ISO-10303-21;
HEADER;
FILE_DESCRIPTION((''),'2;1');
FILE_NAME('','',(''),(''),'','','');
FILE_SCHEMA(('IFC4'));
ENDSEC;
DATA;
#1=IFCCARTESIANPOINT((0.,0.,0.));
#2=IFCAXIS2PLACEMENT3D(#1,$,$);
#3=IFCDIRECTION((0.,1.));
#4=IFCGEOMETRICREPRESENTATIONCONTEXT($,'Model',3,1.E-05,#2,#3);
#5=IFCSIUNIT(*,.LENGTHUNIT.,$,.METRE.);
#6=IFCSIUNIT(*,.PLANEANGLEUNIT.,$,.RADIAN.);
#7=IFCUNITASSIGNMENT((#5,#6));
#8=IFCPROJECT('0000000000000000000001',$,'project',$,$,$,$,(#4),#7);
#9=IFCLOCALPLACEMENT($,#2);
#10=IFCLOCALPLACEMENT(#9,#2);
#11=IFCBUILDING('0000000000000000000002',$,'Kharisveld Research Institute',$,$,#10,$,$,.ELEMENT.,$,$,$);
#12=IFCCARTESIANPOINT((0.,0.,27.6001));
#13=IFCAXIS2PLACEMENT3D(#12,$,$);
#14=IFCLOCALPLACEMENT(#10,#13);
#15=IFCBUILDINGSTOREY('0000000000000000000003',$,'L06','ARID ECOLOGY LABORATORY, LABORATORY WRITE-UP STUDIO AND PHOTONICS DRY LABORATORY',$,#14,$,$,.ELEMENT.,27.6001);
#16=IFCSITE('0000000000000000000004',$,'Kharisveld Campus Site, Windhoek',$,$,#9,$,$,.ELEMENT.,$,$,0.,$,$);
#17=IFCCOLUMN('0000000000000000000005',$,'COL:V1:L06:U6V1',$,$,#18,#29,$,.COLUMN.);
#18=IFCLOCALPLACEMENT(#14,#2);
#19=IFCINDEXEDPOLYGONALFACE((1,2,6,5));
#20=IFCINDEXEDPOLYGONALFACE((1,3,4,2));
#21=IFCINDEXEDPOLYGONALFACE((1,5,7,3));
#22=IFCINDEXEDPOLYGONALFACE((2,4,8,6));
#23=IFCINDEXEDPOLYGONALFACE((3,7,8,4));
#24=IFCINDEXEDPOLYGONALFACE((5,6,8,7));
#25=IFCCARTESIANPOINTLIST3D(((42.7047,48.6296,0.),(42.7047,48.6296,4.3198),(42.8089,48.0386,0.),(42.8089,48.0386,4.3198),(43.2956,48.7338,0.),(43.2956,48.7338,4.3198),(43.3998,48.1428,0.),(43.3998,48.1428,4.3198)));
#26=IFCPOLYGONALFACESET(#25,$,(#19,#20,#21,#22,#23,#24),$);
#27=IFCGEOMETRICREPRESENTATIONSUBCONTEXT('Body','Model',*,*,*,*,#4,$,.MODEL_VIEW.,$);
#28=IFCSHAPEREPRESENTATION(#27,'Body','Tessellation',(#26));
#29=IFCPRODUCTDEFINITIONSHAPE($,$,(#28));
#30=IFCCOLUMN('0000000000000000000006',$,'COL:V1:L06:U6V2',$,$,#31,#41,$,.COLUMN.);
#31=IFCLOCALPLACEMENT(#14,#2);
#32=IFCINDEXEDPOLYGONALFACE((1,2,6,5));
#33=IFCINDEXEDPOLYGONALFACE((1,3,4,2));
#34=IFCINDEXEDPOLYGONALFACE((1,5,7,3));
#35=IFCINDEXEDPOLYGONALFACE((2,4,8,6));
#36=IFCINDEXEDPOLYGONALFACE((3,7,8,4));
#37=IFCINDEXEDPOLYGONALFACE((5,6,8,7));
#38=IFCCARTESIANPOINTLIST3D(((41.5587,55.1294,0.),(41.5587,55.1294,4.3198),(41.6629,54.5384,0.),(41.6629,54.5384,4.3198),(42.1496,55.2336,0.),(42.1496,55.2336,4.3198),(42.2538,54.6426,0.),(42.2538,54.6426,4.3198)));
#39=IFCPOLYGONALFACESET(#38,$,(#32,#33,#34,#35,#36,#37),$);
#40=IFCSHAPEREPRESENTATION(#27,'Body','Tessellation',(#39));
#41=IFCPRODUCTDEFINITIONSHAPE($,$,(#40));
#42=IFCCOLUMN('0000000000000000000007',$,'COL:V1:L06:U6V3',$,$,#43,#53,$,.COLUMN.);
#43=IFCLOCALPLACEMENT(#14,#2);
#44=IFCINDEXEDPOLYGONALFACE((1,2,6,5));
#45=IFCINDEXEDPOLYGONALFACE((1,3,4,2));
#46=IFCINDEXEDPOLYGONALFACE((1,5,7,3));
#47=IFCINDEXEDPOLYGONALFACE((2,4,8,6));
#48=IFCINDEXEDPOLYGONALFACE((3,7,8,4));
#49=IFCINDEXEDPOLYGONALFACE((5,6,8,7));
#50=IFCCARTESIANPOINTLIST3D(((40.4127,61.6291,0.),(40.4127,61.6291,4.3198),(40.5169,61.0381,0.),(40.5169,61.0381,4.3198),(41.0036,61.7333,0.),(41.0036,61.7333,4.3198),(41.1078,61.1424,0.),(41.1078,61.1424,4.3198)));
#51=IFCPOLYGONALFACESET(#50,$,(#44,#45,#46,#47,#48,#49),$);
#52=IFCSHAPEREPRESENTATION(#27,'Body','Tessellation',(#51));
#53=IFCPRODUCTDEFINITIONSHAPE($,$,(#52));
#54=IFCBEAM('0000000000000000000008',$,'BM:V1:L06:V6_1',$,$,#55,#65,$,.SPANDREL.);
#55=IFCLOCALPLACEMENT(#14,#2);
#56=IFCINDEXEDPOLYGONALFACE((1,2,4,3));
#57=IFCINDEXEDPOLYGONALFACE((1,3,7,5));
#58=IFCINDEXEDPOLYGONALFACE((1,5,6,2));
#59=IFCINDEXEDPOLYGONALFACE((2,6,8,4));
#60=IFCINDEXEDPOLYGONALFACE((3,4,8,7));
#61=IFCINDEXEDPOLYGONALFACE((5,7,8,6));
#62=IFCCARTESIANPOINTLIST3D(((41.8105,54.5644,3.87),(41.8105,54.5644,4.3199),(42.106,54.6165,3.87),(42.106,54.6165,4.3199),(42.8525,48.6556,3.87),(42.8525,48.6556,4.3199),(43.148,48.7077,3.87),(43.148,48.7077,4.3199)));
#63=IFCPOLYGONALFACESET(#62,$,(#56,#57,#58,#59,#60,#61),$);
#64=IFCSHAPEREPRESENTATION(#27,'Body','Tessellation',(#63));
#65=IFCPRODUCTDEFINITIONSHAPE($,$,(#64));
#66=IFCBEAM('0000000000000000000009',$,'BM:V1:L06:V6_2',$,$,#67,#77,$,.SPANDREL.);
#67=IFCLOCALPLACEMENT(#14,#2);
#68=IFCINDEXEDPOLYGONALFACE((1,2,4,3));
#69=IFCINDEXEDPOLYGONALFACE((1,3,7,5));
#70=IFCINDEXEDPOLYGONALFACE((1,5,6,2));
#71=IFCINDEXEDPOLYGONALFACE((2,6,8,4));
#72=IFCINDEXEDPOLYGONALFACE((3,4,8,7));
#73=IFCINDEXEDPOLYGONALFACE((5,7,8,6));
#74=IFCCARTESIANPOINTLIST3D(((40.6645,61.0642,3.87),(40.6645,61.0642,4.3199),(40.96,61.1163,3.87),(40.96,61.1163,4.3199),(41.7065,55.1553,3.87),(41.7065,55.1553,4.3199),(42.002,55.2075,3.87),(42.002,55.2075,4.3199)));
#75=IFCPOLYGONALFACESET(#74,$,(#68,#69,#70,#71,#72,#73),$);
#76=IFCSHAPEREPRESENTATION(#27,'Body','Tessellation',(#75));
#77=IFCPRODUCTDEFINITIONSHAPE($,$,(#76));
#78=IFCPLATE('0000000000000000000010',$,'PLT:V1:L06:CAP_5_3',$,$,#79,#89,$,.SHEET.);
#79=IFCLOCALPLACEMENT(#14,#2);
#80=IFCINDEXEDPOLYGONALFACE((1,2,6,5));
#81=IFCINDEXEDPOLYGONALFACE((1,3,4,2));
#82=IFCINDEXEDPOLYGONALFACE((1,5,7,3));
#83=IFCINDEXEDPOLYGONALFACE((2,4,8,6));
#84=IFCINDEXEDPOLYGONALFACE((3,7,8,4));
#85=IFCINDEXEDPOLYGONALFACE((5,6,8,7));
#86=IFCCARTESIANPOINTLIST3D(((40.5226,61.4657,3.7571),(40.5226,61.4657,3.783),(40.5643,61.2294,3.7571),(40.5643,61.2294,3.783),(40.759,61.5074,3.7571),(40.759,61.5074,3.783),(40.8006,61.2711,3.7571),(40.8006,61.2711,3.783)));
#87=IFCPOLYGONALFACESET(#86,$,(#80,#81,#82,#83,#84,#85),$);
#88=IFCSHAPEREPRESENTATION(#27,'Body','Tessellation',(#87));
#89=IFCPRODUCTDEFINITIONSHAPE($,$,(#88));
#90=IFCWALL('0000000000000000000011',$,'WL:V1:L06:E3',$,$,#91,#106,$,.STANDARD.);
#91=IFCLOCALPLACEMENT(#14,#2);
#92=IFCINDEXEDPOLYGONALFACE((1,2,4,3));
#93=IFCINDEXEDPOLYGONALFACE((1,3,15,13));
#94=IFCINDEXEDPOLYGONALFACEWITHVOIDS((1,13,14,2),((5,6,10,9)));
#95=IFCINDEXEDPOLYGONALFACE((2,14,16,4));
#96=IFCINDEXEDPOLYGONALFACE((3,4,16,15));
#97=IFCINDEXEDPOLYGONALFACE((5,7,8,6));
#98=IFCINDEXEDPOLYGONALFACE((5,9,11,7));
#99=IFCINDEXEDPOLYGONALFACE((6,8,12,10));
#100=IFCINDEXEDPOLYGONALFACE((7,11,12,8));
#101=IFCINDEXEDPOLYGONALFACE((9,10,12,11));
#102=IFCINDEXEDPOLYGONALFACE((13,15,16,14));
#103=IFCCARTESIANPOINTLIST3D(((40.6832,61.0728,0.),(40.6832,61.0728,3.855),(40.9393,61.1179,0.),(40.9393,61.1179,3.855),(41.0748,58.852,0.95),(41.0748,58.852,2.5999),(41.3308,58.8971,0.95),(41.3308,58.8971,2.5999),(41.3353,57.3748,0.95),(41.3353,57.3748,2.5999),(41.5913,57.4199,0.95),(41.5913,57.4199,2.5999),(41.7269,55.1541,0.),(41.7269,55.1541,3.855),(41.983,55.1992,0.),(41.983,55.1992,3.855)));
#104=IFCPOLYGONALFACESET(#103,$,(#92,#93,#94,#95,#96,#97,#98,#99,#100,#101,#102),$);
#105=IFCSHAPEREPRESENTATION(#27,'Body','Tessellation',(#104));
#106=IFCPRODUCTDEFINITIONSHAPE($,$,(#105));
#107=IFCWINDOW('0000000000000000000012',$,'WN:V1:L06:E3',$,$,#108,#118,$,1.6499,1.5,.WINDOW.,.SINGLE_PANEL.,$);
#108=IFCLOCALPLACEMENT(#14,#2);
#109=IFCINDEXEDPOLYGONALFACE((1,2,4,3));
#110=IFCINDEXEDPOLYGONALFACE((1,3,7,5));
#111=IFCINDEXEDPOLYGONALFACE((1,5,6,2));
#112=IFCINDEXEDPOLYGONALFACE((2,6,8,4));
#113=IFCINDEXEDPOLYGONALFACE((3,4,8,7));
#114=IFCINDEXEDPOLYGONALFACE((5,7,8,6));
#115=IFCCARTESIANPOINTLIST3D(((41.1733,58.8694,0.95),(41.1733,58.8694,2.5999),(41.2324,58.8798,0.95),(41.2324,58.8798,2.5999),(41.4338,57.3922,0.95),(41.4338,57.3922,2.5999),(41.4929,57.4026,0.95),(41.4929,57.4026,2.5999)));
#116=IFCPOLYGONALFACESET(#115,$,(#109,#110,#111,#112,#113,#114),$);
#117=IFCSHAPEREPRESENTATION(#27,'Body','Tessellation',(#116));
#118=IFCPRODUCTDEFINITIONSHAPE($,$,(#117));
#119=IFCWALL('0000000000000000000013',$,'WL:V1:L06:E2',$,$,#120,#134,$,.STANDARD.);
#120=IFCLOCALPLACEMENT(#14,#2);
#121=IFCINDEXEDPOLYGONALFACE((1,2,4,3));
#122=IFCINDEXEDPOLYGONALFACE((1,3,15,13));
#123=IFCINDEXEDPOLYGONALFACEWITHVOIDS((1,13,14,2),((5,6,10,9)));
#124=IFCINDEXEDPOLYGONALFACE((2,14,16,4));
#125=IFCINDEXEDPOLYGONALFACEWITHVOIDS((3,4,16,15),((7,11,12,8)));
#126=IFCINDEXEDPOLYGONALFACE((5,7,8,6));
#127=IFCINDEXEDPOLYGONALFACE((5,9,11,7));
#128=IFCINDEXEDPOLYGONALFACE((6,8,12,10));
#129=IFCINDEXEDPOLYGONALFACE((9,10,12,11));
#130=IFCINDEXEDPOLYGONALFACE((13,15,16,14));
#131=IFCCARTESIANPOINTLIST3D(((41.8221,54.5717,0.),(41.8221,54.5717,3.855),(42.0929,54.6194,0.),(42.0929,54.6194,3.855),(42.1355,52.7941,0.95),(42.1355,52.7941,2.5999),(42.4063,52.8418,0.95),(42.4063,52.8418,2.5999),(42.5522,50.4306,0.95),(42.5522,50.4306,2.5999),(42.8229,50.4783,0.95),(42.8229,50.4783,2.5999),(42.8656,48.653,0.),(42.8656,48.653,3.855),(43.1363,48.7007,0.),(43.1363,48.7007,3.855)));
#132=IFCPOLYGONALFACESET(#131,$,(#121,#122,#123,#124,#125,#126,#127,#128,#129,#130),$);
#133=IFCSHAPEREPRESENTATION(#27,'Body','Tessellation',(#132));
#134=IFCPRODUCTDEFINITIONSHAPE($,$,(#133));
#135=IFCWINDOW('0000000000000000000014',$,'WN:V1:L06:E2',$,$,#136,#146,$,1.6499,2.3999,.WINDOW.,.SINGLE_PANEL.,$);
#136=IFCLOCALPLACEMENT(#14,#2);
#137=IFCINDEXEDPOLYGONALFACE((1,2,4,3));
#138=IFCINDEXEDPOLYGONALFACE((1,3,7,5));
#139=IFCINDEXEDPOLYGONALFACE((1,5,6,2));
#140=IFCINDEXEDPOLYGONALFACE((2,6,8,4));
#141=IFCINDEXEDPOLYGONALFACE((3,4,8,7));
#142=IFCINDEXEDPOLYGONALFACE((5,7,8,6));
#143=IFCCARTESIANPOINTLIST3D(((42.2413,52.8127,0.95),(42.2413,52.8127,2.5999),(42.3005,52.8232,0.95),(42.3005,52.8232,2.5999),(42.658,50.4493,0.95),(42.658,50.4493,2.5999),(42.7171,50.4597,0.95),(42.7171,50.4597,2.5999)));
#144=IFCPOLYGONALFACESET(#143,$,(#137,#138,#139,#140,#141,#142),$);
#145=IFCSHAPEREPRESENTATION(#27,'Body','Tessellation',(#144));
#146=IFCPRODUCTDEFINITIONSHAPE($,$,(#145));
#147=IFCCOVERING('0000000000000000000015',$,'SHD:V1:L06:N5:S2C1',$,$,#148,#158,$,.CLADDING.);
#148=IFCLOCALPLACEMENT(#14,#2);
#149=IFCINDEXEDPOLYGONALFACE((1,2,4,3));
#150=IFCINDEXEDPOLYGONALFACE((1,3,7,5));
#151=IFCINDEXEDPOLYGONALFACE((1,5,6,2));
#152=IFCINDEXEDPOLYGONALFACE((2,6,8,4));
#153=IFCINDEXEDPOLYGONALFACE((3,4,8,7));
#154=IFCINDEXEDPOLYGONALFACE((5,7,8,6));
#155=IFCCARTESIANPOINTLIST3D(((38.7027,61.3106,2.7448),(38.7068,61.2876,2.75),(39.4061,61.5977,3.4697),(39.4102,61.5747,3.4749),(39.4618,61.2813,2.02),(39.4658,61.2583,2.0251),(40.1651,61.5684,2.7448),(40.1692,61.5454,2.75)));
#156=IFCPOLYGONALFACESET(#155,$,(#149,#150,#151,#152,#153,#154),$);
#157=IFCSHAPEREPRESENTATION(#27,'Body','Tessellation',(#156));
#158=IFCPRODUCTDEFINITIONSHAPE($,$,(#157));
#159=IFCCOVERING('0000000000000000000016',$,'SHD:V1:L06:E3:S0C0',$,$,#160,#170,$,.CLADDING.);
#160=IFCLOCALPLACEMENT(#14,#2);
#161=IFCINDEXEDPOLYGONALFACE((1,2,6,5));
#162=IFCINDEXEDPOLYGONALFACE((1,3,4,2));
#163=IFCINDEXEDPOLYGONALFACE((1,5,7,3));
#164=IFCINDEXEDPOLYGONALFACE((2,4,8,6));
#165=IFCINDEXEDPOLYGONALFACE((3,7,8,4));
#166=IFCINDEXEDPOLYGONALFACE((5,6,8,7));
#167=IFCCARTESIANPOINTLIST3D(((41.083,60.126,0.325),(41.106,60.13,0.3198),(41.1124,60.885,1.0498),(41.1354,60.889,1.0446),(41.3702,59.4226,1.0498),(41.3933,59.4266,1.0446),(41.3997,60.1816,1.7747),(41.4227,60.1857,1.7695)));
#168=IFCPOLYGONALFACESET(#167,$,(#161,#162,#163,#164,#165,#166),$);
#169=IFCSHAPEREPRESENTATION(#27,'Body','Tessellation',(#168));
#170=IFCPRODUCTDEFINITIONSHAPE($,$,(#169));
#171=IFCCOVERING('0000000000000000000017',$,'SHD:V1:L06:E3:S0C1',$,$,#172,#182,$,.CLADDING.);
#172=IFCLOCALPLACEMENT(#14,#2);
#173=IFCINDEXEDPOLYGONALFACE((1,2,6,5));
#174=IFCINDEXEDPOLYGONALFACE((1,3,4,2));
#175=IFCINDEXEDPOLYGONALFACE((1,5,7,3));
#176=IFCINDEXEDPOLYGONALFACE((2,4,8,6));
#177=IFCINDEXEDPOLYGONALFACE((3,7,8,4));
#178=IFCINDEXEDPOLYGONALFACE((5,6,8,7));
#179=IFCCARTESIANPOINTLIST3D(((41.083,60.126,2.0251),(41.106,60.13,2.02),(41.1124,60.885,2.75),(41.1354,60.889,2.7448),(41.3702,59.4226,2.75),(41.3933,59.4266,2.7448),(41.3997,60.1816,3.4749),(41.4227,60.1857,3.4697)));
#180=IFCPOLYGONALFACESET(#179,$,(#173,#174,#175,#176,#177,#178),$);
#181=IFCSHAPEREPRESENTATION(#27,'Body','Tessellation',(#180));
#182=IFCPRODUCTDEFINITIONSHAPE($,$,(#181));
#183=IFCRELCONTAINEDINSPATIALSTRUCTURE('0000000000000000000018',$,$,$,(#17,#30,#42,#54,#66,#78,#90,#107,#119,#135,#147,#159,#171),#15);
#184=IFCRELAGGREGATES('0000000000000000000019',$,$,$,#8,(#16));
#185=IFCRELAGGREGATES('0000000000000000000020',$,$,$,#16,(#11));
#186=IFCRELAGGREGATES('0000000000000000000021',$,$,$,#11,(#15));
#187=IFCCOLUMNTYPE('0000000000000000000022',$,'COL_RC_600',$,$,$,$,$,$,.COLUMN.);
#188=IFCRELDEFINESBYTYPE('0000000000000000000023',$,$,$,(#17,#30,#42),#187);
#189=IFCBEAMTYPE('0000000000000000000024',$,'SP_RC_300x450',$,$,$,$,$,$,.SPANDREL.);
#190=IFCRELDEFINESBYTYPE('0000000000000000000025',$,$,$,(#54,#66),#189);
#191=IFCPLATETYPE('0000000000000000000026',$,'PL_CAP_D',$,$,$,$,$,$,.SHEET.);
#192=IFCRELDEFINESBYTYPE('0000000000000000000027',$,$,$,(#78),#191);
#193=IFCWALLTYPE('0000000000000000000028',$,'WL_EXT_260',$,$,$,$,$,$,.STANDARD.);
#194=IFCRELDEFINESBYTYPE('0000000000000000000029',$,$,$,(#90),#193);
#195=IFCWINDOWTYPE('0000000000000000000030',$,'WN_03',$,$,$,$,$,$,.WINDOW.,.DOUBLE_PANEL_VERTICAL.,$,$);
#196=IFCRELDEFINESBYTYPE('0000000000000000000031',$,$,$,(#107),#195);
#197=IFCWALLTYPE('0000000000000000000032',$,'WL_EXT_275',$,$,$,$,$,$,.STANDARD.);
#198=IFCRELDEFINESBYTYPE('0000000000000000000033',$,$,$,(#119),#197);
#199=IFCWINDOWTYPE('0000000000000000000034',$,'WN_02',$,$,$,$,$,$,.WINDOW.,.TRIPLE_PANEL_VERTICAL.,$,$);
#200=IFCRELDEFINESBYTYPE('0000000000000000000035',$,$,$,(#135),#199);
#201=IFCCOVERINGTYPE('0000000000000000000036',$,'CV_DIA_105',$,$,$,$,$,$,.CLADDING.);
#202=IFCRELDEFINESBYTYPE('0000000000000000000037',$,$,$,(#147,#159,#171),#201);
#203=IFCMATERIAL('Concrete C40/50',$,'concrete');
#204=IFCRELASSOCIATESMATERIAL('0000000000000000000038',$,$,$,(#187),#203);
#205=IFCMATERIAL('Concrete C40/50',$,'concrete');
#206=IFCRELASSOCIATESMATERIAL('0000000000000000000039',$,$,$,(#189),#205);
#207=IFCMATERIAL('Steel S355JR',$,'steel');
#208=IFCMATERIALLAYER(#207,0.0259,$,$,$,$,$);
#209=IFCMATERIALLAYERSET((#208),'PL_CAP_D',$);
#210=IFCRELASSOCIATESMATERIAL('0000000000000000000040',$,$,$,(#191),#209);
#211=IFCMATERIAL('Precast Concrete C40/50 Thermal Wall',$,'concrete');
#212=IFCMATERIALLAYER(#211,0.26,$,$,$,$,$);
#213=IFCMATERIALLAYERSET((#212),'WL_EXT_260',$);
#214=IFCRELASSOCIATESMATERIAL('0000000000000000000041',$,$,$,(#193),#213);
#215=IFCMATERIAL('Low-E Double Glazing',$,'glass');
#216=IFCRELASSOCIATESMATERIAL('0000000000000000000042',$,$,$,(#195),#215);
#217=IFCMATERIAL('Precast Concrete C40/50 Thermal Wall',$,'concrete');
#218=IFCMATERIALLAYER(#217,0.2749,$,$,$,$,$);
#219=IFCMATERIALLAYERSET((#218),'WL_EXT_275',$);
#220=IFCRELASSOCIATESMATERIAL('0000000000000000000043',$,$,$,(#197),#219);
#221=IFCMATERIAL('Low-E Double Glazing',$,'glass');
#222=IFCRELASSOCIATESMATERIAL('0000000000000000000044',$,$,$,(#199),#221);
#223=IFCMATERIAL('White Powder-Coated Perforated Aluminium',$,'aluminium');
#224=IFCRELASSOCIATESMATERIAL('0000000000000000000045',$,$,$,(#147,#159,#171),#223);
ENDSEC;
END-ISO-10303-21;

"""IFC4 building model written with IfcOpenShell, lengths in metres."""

from ifc_helpers import new_model, si_unit, direction, frame, frame_2d, origin, origin_2d, place, context, subcontext, project, spatial, polyline, rectangle, outline, extrude, material, layer, layer_set, material_profile, profile_set, type_object, element, fill, save


model = new_model("IFC4")

# Units and contexts
model_context = context("Model", 3, precision=1e-05, world=origin(), true_north=direction((0.0, 1.0)))
body_context = subcontext(model_context, "Body", "Model", "MODEL_VIEW")
ifc_project = project(units=[si_unit("LENGTHUNIT", "METRE"), si_unit("PLANEANGLEUNIT", "RADIAN")], contexts=[model_context])

# Site, building, storey
site_placement = place(None, origin())
site = spatial("IfcSite", under=ifc_project, at=site_placement, Name="Kharisveld Campus Site, Windhoek", CompositionType="ELEMENT", RefElevation=0.0)
building_placement = place(site_placement, origin())
building = spatial("IfcBuilding", under=site, at=building_placement, Name="Kharisveld Research Institute", CompositionType="ELEMENT")
storey_placement = place(building_placement, frame((0.0, 0.0, 27.6001)))
storey = spatial("IfcBuildingStorey", under=building, at=storey_placement, Name="L06", Description="ARID ECOLOGY LABORATORY, LABORATORY WRITE-UP STUDIO AND PHOTONICS DRY LABORATORY", CompositionType="ELEMENT", Elevation=27.6001)

# Columns
ifc_material_1 = material(Name="Concrete C40/50", Category="concrete")
ifc_material_profile_1 = material_profile(ifc_material_1, rectangle(XDim=0.6001, YDim=0.6001, at=origin_2d()))
ifc_profile_set_1 = profile_set([ifc_material_profile_1], Name="Concrete C40/50")
column_type = type_object("IfcColumnType", Name="COL_RC_600", PredefinedType="COLUMN", material=ifc_profile_set_1)
for number, where, z_axis, x_axis, name in (
    (1, (43.0522, 48.3862, 0.0), (0.0, 0.0, 1.0), (0.984808, 0.173648, 0.0), "COL:V1:L06:U6V1"),
    (2, (41.9062, 54.886, 0.0), (0.0, 0.0, 1.0), (0.984808, 0.173648, 0.0), "COL:V1:L06:U6V2"),
    (3, (40.7603, 61.3857, 0.0), (0.0, 0.0, 1.0), (0.984808, 0.173648, 0.0), "COL:V1:L06:U6V3"),
):
    element("IfcColumn", number, at=place(storey_placement, frame(where, z_axis=z_axis, x_axis=x_axis)), inside=storey, type_object=column_type, Name=name, PredefinedType="COLUMN", context=body_context, shape_type="SweptSolid", body=[
        extrude(rectangle(XDim=0.6001, YDim=0.6001, at=origin_2d()), origin(), (0.0, 0.0, 1.0), 4.3198),
    ])

# Beams
ifc_material_2 = material(Name="Concrete C40/50", Category="concrete")
ifc_material_profile_2 = material_profile(ifc_material_2, rectangle(XDim=0.3, YDim=0.45, at=origin_2d()))
ifc_profile_set_2 = profile_set([ifc_material_profile_2], Name="Concrete C40/50")
beam_type = type_object("IfcBeamType", Name="SP_RC_300x450", PredefinedType="SPANDREL", material=ifc_profile_set_2)
for number, where, z_axis, x_axis, name in (
    (4, (43.0002, 48.6816, 4.095), (-0.173662, 0.984805, 0.0), (-0.984805, -0.173662, 0.0), "BM:V1:L06:V6_1"),
    (5, (41.8542, 55.1814, 4.095), (-0.173662, 0.984805, 0.0), (-0.984805, -0.173662, 0.0), "BM:V1:L06:V6_2"),
):
    element("IfcBeam", number, at=place(storey_placement, frame(where, z_axis=z_axis, x_axis=x_axis)), inside=storey, type_object=beam_type, Name=name, PredefinedType="SPANDREL", context=body_context, shape_type="SweptSolid", body=[
        extrude(rectangle(XDim=0.3, YDim=0.45, at=origin_2d()), origin(), (0.0, 0.0, 1.0), 6.0),
    ])

# Plate
ifc_material_3 = material(Name="Steel S355JR", Category="steel")
ifc_layer_1 = layer(ifc_material_3, 0.0259)
ifc_layer_set_1 = layer_set([ifc_layer_1], Name="PL_CAP_D")
plate_type = type_object("IfcPlateType", Name="PL_CAP_D", PredefinedType="SHEET", material=ifc_layer_set_1)
plate_placement = place(storey_placement, frame((40.6616, 61.3684, 3.7571), z_axis=(0.0, 0.0, 1.0), x_axis=(0.984808, 0.173648, 0.0)))
element("IfcPlate", 6, at=plate_placement, inside=storey, type_object=plate_type, Name="PLT:V1:L06:CAP_5_3", PredefinedType="SHEET", context=body_context, shape_type="SweptSolid", body=[
    extrude(rectangle(XDim=0.24, YDim=0.24, at=origin_2d()), origin(), (0.0, 0.0, 1.0), 0.0259),
])

# Walls, openings, windows
ifc_material_4 = material(Name="Precast Concrete C40/50 Thermal Wall", Category="concrete")
ifc_layer_2 = layer(ifc_material_4, 0.26)
ifc_layer_set_2 = layer_set([ifc_layer_2], Name="WL_EXT_260")
wall_type_1 = type_object("IfcWallType", Name="WL_EXT_260", PredefinedType="STANDARD", material=ifc_layer_set_2)
wall_1_placement = place(storey_placement, frame((40.8113, 61.0952, 0.0), z_axis=(0.0, 0.0, 1.0), x_axis=(0.17366, -0.984806, 0.0)))
wall_1 = element("IfcWall", 7, at=wall_1_placement, inside=storey, type_object=wall_type_1, Name="WL:V1:L06:E3", PredefinedType="STANDARD", context=body_context, shape_type="SweptSolid", body=[
    extrude(rectangle(XDim=6.01, YDim=0.26, at=frame_2d((3.0049, 0.0))), origin(), (0.0, 0.0, 1.0), 3.855),
])
opening_1_placement = place(wall_1_placement, frame((2.2549, 0.0, 0.95)))
opening_1 = element("IfcOpeningElement", 8, at=opening_1_placement, cuts=wall_1, PredefinedType="OPENING", context=body_context, shape_type="SweptSolid", body=[
    extrude(rectangle(XDim=1.5, YDim=1.6499, at=frame_2d((0.75, 0.825))), frame((0.0, 0.1299, 0.0), z_axis=(0.0, -1.0, 0.0), x_axis=(1.0, 0.0, 0.0)), (0.0, 0.0, 1.0), 0.26),
])
ifc_material_5 = material(Name="Low-E Double Glazing", Category="glass")
window_type_1 = type_object("IfcWindowType", Name="WN_03", PartitioningType="DOUBLE_PANEL_VERTICAL", PredefinedType="WINDOW", material=ifc_material_5)
window_1_placement = place(opening_1_placement, origin())
window_1 = element("IfcWindow", 9, at=window_1_placement, inside=storey, type_object=window_type_1, Name="WN:V1:L06:E3", OverallHeight=1.6499, OverallWidth=1.5, PartitioningType="SINGLE_PANEL", PredefinedType="WINDOW", context=body_context, shape_type="SweptSolid", body=[
    extrude(rectangle(XDim=1.5, YDim=1.6499, at=frame_2d((0.75, 0.825))), frame((0.0, 0.03, 0.0), z_axis=(0.0, -1.0, 0.0), x_axis=(1.0, 0.0, 0.0)), (0.0, 0.0, 1.0), 0.0601),
])
fill(opening_1, window_1)
ifc_material_6 = material(Name="Precast Concrete C40/50 Thermal Wall", Category="concrete")
ifc_layer_3 = layer(ifc_material_6, 0.2749)
ifc_layer_set_3 = layer_set([ifc_layer_3], Name="WL_EXT_275")
wall_type_2 = type_object("IfcWallType", Name="WL_EXT_275", PredefinedType="STANDARD", material=ifc_layer_set_3)
wall_2_placement = place(storey_placement, frame((41.9575, 54.5955, 0.0), z_axis=(0.0, 0.0, 1.0), x_axis=(0.173621, -0.984813, 0.0)))
wall_2 = element("IfcWall", 10, at=wall_2_placement, inside=storey, type_object=wall_type_2, Name="WL:V1:L06:E2", PredefinedType="STANDARD", context=body_context, shape_type="SweptSolid", body=[
    extrude(rectangle(XDim=6.01, YDim=0.2749, at=frame_2d((3.0049, 0.0))), origin(), (0.0, 0.0, 1.0), 3.855),
])
opening_2_placement = place(wall_2_placement, frame((1.8049, 0.0, 0.95)))
opening_2 = element("IfcOpeningElement", 11, at=opening_2_placement, cuts=wall_2, PredefinedType="OPENING", context=body_context, shape_type="SweptSolid", body=[
    extrude(rectangle(XDim=2.3999, YDim=1.6499, at=frame_2d((1.2, 0.825))), frame((0.0, 0.1375, 0.0), z_axis=(0.0, -1.0, 0.0), x_axis=(1.0, 0.0, 0.0)), (0.0, 0.0, 1.0), 0.2749),
])
ifc_material_7 = material(Name="Low-E Double Glazing", Category="glass")
window_type_2 = type_object("IfcWindowType", Name="WN_02", PartitioningType="TRIPLE_PANEL_VERTICAL", PredefinedType="WINDOW", material=ifc_material_7)
window_2_placement = place(opening_2_placement, origin())
window_2 = element("IfcWindow", 12, at=window_2_placement, inside=storey, type_object=window_type_2, Name="WN:V1:L06:E2", OverallHeight=1.6499, OverallWidth=2.3999, PartitioningType="SINGLE_PANEL", PredefinedType="WINDOW", context=body_context, shape_type="SweptSolid", body=[
    extrude(rectangle(XDim=2.3999, YDim=1.6499, at=frame_2d((1.2, 0.825))), frame((0.0, 0.03, 0.0), z_axis=(0.0, -1.0, 0.0), x_axis=(1.0, 0.0, 0.0)), (0.0, 0.0, 1.0), 0.0601),
])
fill(opening_2, window_2)

# Coverings
ifc_material_8 = material(Name="White Powder-Coated Perforated Aluminium", Category="aluminium")
covering_type = type_object("IfcCoveringType", Name="CV_DIA_105", PredefinedType="CLADDING")
covering_placement = place(storey_placement, frame((39.4658, 61.2583, 2.0251), z_axis=(0.169504, -0.961487, 0.216358), x_axis=(0.669853, 0.273429, 0.690314)))
element("IfcCovering", 13, at=covering_placement, inside=storey, type_object=covering_type, material=ifc_material_8, Name="SHD:V1:L06:N5:S2C1", PredefinedType="CLADDING", context=body_context, shape_type="SweptSolid", body=[
    extrude(outline(polyline([(0.0, 0.0), (1.05, 0.0), (1.05, 1.05), (-0.0001, 1.05), (0.0, 0.0)])), origin(), (0.0, 0.0, -1.0), 0.0239),
])
for number, where, z_axis, x_axis, name in (
    (14, (41.083, 60.126, 0.325), (-0.961453, -0.169498, 0.216512), (0.273536, -0.66983, 0.690294), "SHD:V1:L06:E3:S0C0"),
    (15, (41.083, 60.126, 2.0251), (-0.961453, -0.169498, 0.216512), (0.273536, -0.66983, 0.690294), "SHD:V1:L06:E3:S0C1"),
):
    element("IfcCovering", number, at=place(storey_placement, frame(where, z_axis=z_axis, x_axis=x_axis)), inside=storey, type_object=covering_type, material=ifc_material_8, Name=name, PredefinedType="CLADDING", context=body_context, shape_type="SweptSolid", body=[
        extrude(outline(polyline([(0.0, 0.0), (1.0501, 0.0), (1.0501, 1.05), (0.0, 1.05), (0.0, 0.0)])), origin(), (0.0, 0.0, -1.0), 0.0239),
    ])

save(model, "model.ifc")
